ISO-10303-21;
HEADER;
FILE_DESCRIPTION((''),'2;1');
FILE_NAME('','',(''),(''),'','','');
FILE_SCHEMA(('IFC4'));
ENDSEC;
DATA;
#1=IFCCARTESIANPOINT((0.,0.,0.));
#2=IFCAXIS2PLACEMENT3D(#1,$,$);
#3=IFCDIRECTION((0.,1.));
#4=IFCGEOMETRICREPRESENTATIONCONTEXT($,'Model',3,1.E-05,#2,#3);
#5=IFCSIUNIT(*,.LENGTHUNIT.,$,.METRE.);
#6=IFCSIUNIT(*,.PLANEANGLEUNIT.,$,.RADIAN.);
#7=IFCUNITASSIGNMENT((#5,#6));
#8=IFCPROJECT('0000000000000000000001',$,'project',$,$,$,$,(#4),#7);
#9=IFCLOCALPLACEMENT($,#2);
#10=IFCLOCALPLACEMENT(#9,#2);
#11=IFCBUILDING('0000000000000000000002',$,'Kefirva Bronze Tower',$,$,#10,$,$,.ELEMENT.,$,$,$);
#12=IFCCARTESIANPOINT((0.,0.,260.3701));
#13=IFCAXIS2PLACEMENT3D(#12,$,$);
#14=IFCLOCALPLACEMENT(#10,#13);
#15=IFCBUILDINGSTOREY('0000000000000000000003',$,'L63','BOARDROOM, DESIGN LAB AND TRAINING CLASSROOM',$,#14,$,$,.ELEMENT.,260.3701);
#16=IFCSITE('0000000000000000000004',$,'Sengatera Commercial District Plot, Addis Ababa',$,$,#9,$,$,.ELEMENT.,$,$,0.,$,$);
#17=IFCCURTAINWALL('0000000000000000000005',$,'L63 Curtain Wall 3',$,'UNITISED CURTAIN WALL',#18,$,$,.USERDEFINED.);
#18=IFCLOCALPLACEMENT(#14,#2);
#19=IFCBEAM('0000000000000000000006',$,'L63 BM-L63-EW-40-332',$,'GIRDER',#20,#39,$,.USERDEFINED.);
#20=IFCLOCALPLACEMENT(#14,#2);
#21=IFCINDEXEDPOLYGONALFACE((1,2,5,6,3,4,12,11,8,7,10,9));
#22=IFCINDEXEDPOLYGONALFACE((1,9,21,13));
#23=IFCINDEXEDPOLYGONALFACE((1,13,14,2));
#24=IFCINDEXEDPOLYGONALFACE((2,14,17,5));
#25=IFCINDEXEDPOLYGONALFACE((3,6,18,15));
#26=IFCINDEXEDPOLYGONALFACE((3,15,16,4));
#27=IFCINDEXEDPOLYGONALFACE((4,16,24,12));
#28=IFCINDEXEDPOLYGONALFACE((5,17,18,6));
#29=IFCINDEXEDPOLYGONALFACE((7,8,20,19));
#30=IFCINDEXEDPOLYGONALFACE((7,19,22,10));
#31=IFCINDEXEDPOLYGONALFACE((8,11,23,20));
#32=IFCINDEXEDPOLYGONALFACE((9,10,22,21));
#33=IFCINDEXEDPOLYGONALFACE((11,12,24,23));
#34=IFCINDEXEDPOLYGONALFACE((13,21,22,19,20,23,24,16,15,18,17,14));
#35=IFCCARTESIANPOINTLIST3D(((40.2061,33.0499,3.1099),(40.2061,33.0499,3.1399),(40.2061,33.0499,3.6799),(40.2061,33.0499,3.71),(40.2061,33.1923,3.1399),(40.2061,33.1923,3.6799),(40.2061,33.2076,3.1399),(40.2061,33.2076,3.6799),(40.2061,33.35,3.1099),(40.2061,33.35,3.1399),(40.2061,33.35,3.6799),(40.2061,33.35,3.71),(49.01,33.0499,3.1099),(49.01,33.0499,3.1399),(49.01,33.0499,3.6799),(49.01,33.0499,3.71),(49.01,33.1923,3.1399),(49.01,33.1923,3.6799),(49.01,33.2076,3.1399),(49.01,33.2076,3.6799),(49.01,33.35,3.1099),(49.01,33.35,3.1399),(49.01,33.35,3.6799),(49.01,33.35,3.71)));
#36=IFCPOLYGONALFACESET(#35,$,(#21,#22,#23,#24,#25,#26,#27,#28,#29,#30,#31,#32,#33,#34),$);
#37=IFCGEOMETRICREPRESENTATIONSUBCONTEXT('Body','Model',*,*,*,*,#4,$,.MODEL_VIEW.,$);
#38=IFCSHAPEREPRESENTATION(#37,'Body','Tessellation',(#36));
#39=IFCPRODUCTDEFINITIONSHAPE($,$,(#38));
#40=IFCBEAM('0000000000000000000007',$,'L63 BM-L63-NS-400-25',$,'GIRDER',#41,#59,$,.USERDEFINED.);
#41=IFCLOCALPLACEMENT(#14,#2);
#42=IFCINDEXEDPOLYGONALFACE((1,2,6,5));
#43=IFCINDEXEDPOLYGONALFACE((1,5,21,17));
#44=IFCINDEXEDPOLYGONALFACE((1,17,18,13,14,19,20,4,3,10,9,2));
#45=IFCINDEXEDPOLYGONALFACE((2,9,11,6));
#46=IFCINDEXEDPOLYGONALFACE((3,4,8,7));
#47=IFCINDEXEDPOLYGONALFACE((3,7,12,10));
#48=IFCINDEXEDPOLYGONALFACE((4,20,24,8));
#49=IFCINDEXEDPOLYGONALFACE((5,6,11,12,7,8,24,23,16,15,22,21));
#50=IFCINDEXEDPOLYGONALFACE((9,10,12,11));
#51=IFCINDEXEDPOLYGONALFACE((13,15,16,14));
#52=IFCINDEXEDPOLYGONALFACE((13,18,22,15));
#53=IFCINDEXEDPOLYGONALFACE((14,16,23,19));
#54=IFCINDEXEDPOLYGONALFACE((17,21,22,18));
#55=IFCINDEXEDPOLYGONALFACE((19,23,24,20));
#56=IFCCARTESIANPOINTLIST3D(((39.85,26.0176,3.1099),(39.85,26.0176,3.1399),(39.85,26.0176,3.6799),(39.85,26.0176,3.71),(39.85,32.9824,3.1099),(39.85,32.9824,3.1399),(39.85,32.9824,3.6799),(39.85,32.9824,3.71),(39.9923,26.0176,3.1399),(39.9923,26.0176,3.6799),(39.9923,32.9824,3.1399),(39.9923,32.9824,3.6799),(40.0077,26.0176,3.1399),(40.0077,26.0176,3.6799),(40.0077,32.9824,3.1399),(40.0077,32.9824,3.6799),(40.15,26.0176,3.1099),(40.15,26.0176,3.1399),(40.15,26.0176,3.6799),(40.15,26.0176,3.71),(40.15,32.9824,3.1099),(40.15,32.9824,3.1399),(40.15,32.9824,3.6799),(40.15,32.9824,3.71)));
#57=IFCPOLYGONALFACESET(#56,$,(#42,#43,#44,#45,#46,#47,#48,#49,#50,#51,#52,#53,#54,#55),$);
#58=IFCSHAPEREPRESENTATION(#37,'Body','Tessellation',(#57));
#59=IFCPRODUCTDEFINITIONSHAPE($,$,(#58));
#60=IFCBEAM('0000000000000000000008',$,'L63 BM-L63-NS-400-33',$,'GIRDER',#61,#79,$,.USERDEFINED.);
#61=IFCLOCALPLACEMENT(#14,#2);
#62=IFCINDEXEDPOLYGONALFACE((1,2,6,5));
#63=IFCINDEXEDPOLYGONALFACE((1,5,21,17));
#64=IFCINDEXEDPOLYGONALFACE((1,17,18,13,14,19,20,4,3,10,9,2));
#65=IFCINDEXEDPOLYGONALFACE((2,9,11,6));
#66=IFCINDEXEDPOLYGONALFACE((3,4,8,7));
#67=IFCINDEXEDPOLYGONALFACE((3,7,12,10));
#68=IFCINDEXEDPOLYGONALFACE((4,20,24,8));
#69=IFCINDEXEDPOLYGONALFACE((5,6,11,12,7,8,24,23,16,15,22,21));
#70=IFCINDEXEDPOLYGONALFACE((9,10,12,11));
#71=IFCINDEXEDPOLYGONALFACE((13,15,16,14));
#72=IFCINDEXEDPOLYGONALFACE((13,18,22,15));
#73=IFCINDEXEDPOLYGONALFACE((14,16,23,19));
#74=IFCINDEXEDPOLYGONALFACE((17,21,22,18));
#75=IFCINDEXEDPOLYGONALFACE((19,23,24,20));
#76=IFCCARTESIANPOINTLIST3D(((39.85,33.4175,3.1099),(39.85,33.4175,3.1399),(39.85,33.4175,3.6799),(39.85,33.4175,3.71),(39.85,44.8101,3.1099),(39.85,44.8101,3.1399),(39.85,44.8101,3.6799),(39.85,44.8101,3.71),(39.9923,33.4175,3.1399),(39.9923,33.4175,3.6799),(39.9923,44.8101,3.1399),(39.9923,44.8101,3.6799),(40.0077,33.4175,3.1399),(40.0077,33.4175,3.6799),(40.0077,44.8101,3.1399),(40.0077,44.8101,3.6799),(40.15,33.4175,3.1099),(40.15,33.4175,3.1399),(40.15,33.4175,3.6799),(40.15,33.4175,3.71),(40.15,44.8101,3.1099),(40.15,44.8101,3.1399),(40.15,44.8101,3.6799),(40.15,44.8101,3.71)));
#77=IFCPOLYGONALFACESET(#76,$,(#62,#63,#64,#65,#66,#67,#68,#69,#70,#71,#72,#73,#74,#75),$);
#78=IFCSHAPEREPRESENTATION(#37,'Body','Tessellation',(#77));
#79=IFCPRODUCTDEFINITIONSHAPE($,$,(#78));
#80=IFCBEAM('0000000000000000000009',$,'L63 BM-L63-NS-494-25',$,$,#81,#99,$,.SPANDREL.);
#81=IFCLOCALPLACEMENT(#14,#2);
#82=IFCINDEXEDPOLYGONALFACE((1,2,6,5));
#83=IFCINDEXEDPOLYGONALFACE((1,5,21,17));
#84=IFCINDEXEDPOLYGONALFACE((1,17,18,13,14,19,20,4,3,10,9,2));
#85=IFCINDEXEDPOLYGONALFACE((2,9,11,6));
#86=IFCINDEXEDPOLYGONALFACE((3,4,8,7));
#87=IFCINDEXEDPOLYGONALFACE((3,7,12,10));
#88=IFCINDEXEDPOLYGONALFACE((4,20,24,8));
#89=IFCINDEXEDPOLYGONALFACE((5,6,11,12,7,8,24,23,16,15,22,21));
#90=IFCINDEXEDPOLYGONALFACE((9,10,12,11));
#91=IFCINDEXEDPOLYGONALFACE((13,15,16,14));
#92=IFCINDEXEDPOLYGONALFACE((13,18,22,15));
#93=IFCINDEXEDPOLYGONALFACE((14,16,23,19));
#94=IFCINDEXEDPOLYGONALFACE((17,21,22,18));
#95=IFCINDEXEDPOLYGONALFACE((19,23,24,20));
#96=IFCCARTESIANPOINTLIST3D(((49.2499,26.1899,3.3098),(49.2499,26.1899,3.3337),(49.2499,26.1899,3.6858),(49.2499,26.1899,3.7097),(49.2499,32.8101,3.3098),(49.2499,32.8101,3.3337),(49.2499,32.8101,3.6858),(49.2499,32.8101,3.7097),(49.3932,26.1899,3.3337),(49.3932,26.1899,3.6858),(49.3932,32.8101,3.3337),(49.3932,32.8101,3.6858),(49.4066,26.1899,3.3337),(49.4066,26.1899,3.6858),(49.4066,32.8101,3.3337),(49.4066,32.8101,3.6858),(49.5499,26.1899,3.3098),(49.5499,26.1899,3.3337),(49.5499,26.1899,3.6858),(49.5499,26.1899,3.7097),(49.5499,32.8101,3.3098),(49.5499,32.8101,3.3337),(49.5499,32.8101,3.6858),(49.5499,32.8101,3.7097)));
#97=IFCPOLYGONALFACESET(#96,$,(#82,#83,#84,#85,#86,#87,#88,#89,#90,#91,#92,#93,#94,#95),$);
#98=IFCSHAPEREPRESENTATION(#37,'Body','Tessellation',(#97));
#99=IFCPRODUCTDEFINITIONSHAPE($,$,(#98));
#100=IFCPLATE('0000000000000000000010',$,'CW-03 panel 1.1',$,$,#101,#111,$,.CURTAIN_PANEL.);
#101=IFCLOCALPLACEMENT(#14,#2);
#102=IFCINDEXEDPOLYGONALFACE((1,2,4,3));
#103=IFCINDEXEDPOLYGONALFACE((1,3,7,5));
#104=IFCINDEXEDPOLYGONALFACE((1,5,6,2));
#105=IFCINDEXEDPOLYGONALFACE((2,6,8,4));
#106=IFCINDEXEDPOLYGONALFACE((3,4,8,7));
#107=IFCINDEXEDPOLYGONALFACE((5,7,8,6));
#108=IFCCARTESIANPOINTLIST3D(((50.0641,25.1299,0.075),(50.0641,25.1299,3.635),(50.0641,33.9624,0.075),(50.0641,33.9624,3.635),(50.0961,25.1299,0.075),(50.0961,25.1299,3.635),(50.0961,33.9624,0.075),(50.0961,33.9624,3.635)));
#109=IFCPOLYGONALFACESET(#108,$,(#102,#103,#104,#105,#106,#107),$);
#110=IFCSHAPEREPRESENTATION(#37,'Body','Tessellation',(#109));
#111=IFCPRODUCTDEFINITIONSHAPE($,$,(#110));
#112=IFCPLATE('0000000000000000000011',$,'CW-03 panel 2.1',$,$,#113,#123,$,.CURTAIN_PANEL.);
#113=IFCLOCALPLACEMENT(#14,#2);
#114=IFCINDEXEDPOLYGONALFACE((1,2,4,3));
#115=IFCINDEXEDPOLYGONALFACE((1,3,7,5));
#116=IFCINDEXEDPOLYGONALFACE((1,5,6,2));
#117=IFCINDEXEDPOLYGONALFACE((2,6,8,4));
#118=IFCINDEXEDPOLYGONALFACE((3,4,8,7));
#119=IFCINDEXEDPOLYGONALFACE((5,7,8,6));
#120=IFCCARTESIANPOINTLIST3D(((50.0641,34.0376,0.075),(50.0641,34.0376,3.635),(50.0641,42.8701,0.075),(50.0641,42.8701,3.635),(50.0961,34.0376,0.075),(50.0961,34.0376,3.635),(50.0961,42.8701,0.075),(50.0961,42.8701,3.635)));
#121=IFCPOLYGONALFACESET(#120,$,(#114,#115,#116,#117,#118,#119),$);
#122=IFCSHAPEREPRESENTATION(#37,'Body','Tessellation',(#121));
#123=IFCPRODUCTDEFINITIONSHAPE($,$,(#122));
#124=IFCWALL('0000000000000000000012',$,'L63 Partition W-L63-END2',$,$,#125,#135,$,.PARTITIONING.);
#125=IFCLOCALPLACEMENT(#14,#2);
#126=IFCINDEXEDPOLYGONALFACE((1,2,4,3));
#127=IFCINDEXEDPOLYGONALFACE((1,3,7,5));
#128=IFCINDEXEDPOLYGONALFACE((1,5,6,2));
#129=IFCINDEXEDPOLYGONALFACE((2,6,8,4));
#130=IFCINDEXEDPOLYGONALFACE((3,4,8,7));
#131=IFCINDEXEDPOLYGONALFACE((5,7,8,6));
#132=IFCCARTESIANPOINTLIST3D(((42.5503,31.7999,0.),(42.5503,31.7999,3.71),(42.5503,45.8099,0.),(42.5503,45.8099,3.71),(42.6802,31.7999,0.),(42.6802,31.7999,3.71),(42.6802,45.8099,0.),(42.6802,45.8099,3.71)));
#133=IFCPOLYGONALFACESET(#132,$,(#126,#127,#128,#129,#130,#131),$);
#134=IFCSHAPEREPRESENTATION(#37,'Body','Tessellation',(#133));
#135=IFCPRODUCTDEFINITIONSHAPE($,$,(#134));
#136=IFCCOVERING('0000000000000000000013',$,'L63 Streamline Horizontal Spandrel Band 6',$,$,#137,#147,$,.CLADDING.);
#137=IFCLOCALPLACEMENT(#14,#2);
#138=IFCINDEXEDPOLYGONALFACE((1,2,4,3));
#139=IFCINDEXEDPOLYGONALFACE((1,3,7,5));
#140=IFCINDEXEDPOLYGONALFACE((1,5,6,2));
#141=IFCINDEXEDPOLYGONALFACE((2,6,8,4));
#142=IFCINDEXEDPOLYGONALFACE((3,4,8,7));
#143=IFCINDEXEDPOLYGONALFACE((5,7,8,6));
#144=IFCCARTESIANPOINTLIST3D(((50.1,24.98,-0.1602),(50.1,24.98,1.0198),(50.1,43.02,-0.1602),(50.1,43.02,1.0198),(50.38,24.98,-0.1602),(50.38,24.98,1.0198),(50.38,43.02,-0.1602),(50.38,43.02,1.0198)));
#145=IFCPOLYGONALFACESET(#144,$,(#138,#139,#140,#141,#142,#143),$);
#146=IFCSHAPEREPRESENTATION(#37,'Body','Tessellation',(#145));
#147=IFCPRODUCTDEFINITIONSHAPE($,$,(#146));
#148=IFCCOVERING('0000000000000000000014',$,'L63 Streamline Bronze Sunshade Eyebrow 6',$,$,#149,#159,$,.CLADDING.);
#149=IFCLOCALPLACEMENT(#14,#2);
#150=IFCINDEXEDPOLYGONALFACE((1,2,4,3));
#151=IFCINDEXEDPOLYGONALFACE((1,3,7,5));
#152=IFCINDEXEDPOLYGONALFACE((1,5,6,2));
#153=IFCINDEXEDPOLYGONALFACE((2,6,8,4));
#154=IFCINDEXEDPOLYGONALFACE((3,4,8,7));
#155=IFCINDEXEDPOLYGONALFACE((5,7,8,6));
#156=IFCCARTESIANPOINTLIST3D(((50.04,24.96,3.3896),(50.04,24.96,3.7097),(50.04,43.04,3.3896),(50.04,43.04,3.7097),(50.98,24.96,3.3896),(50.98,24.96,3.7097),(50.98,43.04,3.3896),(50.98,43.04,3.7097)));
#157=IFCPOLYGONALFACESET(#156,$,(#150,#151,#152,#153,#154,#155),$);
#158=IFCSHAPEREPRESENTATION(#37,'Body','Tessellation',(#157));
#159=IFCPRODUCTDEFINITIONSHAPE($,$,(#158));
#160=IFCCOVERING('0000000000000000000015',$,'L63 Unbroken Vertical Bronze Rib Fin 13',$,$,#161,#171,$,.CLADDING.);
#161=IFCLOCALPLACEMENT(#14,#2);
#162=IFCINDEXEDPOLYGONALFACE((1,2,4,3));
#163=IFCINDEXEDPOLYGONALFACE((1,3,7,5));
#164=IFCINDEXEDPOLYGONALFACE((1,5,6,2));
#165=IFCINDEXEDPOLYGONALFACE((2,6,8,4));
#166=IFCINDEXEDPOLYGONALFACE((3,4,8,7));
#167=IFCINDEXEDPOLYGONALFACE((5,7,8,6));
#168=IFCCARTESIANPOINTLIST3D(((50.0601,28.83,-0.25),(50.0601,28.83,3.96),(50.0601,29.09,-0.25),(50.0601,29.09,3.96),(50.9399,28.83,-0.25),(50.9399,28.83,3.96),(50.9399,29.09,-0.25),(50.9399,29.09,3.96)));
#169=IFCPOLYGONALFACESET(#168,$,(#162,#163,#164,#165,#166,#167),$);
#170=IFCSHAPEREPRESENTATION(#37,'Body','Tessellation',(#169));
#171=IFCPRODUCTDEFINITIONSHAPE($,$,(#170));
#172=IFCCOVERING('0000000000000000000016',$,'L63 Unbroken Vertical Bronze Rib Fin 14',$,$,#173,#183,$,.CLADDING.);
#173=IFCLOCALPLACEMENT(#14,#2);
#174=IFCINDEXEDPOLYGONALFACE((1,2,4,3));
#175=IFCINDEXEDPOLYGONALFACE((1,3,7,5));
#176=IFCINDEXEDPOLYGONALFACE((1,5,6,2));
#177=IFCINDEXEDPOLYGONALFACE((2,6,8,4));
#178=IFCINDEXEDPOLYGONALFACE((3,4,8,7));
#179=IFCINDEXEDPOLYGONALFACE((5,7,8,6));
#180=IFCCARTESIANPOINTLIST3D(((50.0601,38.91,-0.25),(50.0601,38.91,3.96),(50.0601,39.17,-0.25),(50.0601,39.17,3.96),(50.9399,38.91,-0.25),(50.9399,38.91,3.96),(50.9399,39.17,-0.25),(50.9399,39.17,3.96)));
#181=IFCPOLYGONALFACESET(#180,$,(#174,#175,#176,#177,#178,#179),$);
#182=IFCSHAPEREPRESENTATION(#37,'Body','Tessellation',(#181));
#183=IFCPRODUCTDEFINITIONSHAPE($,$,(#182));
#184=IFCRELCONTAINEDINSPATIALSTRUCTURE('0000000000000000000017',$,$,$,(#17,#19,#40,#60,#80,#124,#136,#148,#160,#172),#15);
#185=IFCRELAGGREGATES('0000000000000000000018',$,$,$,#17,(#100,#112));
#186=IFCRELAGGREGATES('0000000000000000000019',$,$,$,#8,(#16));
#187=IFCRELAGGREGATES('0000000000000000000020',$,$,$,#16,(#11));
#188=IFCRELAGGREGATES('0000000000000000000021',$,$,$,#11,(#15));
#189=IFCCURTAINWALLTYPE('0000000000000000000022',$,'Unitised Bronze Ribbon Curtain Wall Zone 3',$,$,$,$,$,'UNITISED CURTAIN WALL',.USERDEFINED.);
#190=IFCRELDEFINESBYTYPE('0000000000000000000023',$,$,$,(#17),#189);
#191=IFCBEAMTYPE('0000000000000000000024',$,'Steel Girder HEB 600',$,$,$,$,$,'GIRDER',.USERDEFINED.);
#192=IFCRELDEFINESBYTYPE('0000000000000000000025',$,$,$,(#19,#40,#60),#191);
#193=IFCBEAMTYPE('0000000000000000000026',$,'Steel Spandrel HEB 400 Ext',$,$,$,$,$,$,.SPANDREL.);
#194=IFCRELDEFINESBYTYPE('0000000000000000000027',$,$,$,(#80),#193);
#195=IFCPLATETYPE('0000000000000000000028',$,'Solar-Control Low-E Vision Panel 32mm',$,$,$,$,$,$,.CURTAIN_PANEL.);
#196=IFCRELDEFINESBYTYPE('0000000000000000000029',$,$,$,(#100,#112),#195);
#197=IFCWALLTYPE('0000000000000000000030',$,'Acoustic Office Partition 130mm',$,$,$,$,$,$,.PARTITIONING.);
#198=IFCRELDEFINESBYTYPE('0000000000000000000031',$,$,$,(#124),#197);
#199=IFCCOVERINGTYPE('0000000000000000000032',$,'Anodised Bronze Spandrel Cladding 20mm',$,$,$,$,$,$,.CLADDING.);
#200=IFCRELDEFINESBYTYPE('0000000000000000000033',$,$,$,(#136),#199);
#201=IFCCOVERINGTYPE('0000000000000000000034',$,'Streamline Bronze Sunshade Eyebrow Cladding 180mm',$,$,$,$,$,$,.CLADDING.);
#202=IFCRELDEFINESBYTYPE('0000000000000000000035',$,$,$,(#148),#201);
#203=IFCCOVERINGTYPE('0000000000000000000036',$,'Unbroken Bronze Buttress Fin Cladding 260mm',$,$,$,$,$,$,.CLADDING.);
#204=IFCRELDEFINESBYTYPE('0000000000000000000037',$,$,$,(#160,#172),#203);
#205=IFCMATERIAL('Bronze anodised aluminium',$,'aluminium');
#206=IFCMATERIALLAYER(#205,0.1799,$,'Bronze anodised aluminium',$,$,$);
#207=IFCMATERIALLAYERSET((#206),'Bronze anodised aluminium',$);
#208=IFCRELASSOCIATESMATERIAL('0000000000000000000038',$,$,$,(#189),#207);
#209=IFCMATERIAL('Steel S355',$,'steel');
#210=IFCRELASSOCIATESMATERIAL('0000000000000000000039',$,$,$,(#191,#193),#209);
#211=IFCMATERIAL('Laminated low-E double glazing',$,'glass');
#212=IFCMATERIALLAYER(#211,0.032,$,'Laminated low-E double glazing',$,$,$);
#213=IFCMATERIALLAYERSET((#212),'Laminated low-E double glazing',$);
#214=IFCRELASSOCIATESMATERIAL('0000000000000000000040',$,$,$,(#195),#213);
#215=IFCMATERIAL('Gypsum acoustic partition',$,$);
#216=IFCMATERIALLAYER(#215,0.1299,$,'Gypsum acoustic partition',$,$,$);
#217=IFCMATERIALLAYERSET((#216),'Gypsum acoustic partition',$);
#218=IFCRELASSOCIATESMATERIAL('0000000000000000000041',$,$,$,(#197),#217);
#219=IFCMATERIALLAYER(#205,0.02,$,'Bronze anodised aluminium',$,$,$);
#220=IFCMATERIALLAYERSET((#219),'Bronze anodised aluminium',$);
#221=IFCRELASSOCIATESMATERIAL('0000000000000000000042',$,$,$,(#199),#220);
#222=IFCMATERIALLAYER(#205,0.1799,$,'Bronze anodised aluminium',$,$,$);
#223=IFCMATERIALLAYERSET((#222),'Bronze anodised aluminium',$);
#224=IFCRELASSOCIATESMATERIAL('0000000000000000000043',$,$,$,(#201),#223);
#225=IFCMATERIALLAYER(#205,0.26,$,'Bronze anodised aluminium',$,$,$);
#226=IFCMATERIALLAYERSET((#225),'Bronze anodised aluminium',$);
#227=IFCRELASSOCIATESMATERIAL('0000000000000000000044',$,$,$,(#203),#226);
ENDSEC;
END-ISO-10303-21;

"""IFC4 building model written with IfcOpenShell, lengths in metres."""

from ifc_helpers import new_model, si_unit, direction, frame, frame_2d, origin, origin_2d, place, context, subcontext, project, spatial, rectangle, i_section, extrude, material, layer, layer_set, material_profile, profile_set, type_object, element, aggregate, save


model = new_model("IFC4")

# Units and contexts
model_context = context("Model", 3, precision=1e-05, world=origin(), true_north=direction((0.0, 1.0)))
body_context = subcontext(model_context, "Body", "Model", "MODEL_VIEW")
ifc_project = project(units=[si_unit("LENGTHUNIT", "METRE"), si_unit("PLANEANGLEUNIT", "RADIAN")], contexts=[model_context])

# Site, building, storey
site_placement = place(None, origin())
site = spatial("IfcSite", under=ifc_project, at=site_placement, Name="Sengatera Commercial District Plot, Addis Ababa", CompositionType="ELEMENT", RefElevation=0.0)
building_placement = place(site_placement, origin())
building = spatial("IfcBuilding", under=site, at=building_placement, Name="Kefirva Bronze Tower", CompositionType="ELEMENT")
storey_placement = place(building_placement, frame((0.0, 0.0, 260.3701)))
storey = spatial("IfcBuildingStorey", under=building, at=storey_placement, Name="L63", Description="BOARDROOM, DESIGN LAB AND TRAINING CLASSROOM", CompositionType="ELEMENT", Elevation=260.3701)

# Curtain wall
ifc_material_1 = material(Name="Bronze anodised aluminium", Category="aluminium")
ifc_layer_1 = layer(ifc_material_1, 0.1799, Name="Bronze anodised aluminium")
ifc_layer_set_1 = layer_set([ifc_layer_1], Name="Bronze anodised aluminium")
curtain_wall_type = type_object("IfcCurtainWallType", Name="Unitised Bronze Ribbon Curtain Wall Zone 3", ElementType="UNITISED CURTAIN WALL", PredefinedType="USERDEFINED", material=ifc_layer_set_1)
curtain_wall_placement = place(storey_placement, origin())
curtain_wall = element("IfcCurtainWall", 1, at=curtain_wall_placement, inside=storey, type_object=curtain_wall_type, Name="L63 Curtain Wall 3", ObjectType="UNITISED CURTAIN WALL", PredefinedType="USERDEFINED")

# Beams
ifc_material_2 = material(Name="Steel S355", Category="steel")
ifc_material_profile_1 = material_profile(ifc_material_2, i_section(OverallWidth=0.3, OverallDepth=0.6001, WebThickness=0.0154, FlangeThickness=0.03, at=origin_2d()), Name="HEB 600")
ifc_profile_set_1 = profile_set([ifc_material_profile_1], Name="Steel S355")
beam_type_1 = type_object("IfcBeamType", Name="Steel Girder HEB 600", ElementType="GIRDER", PredefinedType="USERDEFINED", material=ifc_profile_set_1)
beam_1_placement = place(storey_placement, frame((40.2061, 33.2, 3.4099), z_axis=(1.0, 0.0, 0.0), x_axis=(0.0, 1.0, 0.0)))
element("IfcBeam", 2, at=beam_1_placement, inside=storey, type_object=beam_type_1, Name="L63 BM-L63-EW-40-332", ObjectType="GIRDER", PredefinedType="USERDEFINED", context=body_context, shape_type="SweptSolid", body=[
    extrude(i_section(OverallWidth=0.3, OverallDepth=0.6001, WebThickness=0.0154, FlangeThickness=0.03, at=origin_2d()), origin(), (0.0, 0.0, 1.0), 8.804),
])
beam_2_placement = place(storey_placement, frame((40.0, 26.0176, 3.4099), z_axis=(0.0, 1.0, 0.0), x_axis=(-1.0, 0.0, 0.0)))
element("IfcBeam", 3, at=beam_2_placement, inside=storey, type_object=beam_type_1, Name="L63 BM-L63-NS-400-25", ObjectType="GIRDER", PredefinedType="USERDEFINED", context=body_context, shape_type="SweptSolid", body=[
    extrude(i_section(OverallWidth=0.3, OverallDepth=0.6001, WebThickness=0.0154, FlangeThickness=0.03, at=origin_2d()), origin(), (0.0, 0.0, 1.0), 6.9648),
])
beam_3_placement = place(storey_placement, frame((40.0, 33.4175, 3.4099), z_axis=(0.0, 1.0, 0.0), x_axis=(-1.0, 0.0, 0.0)))
element("IfcBeam", 4, at=beam_3_placement, inside=storey, type_object=beam_type_1, Name="L63 BM-L63-NS-400-33", ObjectType="GIRDER", PredefinedType="USERDEFINED", context=body_context, shape_type="SweptSolid", body=[
    extrude(i_section(OverallWidth=0.3, OverallDepth=0.6001, WebThickness=0.0154, FlangeThickness=0.03, at=origin_2d()), origin(), (0.0, 0.0, 1.0), 11.3926),
])
ifc_material_profile_2 = material_profile(ifc_material_2, i_section(OverallWidth=0.3, OverallDepth=0.3999, WebThickness=0.0134, FlangeThickness=0.0239, at=origin_2d()), Name="HEB 400")
ifc_profile_set_2 = profile_set([ifc_material_profile_2], Name="Steel S355")
beam_type_2 = type_object("IfcBeamType", Name="Steel Spandrel HEB 400 Ext", PredefinedType="SPANDREL", material=ifc_profile_set_2)
beam_4_placement = place(storey_placement, frame((49.3999, 26.1899, 3.5098), z_axis=(0.0, 1.0, 0.0), x_axis=(-1.0, 0.0, 0.0)))
element("IfcBeam", 5, at=beam_4_placement, inside=storey, type_object=beam_type_2, Name="L63 BM-L63-NS-494-25", PredefinedType="SPANDREL", context=body_context, shape_type="SweptSolid", body=[
    extrude(i_section(OverallWidth=0.3, OverallDepth=0.3999, WebThickness=0.0134, FlangeThickness=0.0239, at=origin_2d()), origin(), (0.0, 0.0, 1.0), 6.6201),
])

# Plates
ifc_material_3 = material(Name="Laminated low-E double glazing", Category="glass")
ifc_layer_2 = layer(ifc_material_3, 0.032, Name="Laminated low-E double glazing")
ifc_layer_set_2 = layer_set([ifc_layer_2], Name="Laminated low-E double glazing")
plate_type = type_object("IfcPlateType", Name="Solar-Control Low-E Vision Panel 32mm", PredefinedType="CURTAIN_PANEL", material=ifc_layer_set_2)
plate_1_placement = place(storey_placement, frame((50.0801, 29.5461, 0.075), z_axis=(0.0, 0.0, 1.0), x_axis=(0.0, 1.0, 0.0)))
plate_1 = element("IfcPlate", 6, at=plate_1_placement, type_object=plate_type, Name="CW-03 panel 1.1", PredefinedType="CURTAIN_PANEL", context=body_context, shape_type="SweptSolid", body=[
    extrude(rectangle(XDim=8.8325, YDim=0.032, at=origin_2d()), origin(), (0.0, 0.0, 1.0), 3.5601),
])
plate_2_placement = place(storey_placement, frame((50.0801, 38.4539, 0.075), z_axis=(0.0, 0.0, 1.0), x_axis=(0.0, 1.0, 0.0)))
plate_2 = element("IfcPlate", 7, at=plate_2_placement, type_object=plate_type, Name="CW-03 panel 2.1", PredefinedType="CURTAIN_PANEL", context=body_context, shape_type="SweptSolid", body=[
    extrude(rectangle(XDim=8.8325, YDim=0.032, at=origin_2d()), origin(), (0.0, 0.0, 1.0), 3.5601),
])
aggregate(curtain_wall, [plate_1, plate_2])

# Wall
ifc_material_4 = material(Name="Gypsum acoustic partition")
ifc_layer_3 = layer(ifc_material_4, 0.1299, Name="Gypsum acoustic partition")
ifc_layer_set_3 = layer_set([ifc_layer_3], Name="Gypsum acoustic partition")
wall_type = type_object("IfcWallType", Name="Acoustic Office Partition 130mm", PredefinedType="PARTITIONING", material=ifc_layer_set_3)
wall_placement = place(storey_placement, frame((42.6152, 31.8, 0.0), z_axis=(0.0, 0.0, 1.0), x_axis=(0.0, 1.0, 0.0)))
element("IfcWall", 8, at=wall_placement, inside=storey, type_object=wall_type, Name="L63 Partition W-L63-END2", PredefinedType="PARTITIONING", context=body_context, shape_type="SweptSolid", body=[
    extrude(rectangle(XDim=14.01, YDim=0.1299, at=frame_2d((7.0049, 0.0))), origin(), (0.0, 0.0, 1.0), 3.71),
])

# Coverings
ifc_layer_4 = layer(ifc_material_1, 0.02, Name="Bronze anodised aluminium")
ifc_layer_set_4 = layer_set([ifc_layer_4], Name="Bronze anodised aluminium")
covering_type_1 = type_object("IfcCoveringType", Name="Anodised Bronze Spandrel Cladding 20mm", PredefinedType="CLADDING", material=ifc_layer_set_4)
covering_1_placement = place(storey_placement, frame((50.24, 34.0, -0.1602), z_axis=(0.0, 0.0, 1.0), x_axis=(0.0, 1.0, 0.0)))
element("IfcCovering", 9, at=covering_1_placement, inside=storey, type_object=covering_type_1, Name="L63 Streamline Horizontal Spandrel Band 6", PredefinedType="CLADDING", context=body_context, shape_type="SweptSolid", body=[
    extrude(rectangle(XDim=18.04, YDim=0.28, at=origin_2d()), origin(), (0.0, 0.0, 1.0), 1.1799),
])
ifc_layer_5 = layer(ifc_material_1, 0.1799, Name="Bronze anodised aluminium")
ifc_layer_set_5 = layer_set([ifc_layer_5], Name="Bronze anodised aluminium")
covering_type_2 = type_object("IfcCoveringType", Name="Streamline Bronze Sunshade Eyebrow Cladding 180mm", PredefinedType="CLADDING", material=ifc_layer_set_5)
covering_2_placement = place(storey_placement, frame((50.51, 34.0, 3.3896), z_axis=(0.0, 0.0, 1.0), x_axis=(0.0, 1.0, 0.0)))
element("IfcCovering", 10, at=covering_2_placement, inside=storey, type_object=covering_type_2, Name="L63 Streamline Bronze Sunshade Eyebrow 6", PredefinedType="CLADDING", context=body_context, shape_type="SweptSolid", body=[
    extrude(rectangle(XDim=18.0801, YDim=0.9399, at=origin_2d()), origin(), (0.0, 0.0, 1.0), 0.3201),
])
ifc_layer_6 = layer(ifc_material_1, 0.26, Name="Bronze anodised aluminium")
ifc_layer_set_6 = layer_set([ifc_layer_6], Name="Bronze anodised aluminium")
covering_type_3 = type_object("IfcCoveringType", Name="Unbroken Bronze Buttress Fin Cladding 260mm", PredefinedType="CLADDING", material=ifc_layer_set_6)
for number, where, z_axis, x_axis, name in (
    (11, (50.5, 28.96, -0.25), (0.0, 0.0, 1.0), (0.0, 1.0, 0.0), "L63 Unbroken Vertical Bronze Rib Fin 13"),
    (12, (50.5, 39.04, -0.25), (0.0, 0.0, 1.0), (0.0, 1.0, 0.0), "L63 Unbroken Vertical Bronze Rib Fin 14"),
):
    element("IfcCovering", number, at=place(storey_placement, frame(where, z_axis=z_axis, x_axis=x_axis)), inside=storey, type_object=covering_type_3, Name=name, PredefinedType="CLADDING", context=body_context, shape_type="SweptSolid", body=[
        extrude(rectangle(XDim=0.26, YDim=0.8799, at=origin_2d()), origin(), (0.0, 0.0, 1.0), 4.21),
    ])

save(model, "model.ifc")
